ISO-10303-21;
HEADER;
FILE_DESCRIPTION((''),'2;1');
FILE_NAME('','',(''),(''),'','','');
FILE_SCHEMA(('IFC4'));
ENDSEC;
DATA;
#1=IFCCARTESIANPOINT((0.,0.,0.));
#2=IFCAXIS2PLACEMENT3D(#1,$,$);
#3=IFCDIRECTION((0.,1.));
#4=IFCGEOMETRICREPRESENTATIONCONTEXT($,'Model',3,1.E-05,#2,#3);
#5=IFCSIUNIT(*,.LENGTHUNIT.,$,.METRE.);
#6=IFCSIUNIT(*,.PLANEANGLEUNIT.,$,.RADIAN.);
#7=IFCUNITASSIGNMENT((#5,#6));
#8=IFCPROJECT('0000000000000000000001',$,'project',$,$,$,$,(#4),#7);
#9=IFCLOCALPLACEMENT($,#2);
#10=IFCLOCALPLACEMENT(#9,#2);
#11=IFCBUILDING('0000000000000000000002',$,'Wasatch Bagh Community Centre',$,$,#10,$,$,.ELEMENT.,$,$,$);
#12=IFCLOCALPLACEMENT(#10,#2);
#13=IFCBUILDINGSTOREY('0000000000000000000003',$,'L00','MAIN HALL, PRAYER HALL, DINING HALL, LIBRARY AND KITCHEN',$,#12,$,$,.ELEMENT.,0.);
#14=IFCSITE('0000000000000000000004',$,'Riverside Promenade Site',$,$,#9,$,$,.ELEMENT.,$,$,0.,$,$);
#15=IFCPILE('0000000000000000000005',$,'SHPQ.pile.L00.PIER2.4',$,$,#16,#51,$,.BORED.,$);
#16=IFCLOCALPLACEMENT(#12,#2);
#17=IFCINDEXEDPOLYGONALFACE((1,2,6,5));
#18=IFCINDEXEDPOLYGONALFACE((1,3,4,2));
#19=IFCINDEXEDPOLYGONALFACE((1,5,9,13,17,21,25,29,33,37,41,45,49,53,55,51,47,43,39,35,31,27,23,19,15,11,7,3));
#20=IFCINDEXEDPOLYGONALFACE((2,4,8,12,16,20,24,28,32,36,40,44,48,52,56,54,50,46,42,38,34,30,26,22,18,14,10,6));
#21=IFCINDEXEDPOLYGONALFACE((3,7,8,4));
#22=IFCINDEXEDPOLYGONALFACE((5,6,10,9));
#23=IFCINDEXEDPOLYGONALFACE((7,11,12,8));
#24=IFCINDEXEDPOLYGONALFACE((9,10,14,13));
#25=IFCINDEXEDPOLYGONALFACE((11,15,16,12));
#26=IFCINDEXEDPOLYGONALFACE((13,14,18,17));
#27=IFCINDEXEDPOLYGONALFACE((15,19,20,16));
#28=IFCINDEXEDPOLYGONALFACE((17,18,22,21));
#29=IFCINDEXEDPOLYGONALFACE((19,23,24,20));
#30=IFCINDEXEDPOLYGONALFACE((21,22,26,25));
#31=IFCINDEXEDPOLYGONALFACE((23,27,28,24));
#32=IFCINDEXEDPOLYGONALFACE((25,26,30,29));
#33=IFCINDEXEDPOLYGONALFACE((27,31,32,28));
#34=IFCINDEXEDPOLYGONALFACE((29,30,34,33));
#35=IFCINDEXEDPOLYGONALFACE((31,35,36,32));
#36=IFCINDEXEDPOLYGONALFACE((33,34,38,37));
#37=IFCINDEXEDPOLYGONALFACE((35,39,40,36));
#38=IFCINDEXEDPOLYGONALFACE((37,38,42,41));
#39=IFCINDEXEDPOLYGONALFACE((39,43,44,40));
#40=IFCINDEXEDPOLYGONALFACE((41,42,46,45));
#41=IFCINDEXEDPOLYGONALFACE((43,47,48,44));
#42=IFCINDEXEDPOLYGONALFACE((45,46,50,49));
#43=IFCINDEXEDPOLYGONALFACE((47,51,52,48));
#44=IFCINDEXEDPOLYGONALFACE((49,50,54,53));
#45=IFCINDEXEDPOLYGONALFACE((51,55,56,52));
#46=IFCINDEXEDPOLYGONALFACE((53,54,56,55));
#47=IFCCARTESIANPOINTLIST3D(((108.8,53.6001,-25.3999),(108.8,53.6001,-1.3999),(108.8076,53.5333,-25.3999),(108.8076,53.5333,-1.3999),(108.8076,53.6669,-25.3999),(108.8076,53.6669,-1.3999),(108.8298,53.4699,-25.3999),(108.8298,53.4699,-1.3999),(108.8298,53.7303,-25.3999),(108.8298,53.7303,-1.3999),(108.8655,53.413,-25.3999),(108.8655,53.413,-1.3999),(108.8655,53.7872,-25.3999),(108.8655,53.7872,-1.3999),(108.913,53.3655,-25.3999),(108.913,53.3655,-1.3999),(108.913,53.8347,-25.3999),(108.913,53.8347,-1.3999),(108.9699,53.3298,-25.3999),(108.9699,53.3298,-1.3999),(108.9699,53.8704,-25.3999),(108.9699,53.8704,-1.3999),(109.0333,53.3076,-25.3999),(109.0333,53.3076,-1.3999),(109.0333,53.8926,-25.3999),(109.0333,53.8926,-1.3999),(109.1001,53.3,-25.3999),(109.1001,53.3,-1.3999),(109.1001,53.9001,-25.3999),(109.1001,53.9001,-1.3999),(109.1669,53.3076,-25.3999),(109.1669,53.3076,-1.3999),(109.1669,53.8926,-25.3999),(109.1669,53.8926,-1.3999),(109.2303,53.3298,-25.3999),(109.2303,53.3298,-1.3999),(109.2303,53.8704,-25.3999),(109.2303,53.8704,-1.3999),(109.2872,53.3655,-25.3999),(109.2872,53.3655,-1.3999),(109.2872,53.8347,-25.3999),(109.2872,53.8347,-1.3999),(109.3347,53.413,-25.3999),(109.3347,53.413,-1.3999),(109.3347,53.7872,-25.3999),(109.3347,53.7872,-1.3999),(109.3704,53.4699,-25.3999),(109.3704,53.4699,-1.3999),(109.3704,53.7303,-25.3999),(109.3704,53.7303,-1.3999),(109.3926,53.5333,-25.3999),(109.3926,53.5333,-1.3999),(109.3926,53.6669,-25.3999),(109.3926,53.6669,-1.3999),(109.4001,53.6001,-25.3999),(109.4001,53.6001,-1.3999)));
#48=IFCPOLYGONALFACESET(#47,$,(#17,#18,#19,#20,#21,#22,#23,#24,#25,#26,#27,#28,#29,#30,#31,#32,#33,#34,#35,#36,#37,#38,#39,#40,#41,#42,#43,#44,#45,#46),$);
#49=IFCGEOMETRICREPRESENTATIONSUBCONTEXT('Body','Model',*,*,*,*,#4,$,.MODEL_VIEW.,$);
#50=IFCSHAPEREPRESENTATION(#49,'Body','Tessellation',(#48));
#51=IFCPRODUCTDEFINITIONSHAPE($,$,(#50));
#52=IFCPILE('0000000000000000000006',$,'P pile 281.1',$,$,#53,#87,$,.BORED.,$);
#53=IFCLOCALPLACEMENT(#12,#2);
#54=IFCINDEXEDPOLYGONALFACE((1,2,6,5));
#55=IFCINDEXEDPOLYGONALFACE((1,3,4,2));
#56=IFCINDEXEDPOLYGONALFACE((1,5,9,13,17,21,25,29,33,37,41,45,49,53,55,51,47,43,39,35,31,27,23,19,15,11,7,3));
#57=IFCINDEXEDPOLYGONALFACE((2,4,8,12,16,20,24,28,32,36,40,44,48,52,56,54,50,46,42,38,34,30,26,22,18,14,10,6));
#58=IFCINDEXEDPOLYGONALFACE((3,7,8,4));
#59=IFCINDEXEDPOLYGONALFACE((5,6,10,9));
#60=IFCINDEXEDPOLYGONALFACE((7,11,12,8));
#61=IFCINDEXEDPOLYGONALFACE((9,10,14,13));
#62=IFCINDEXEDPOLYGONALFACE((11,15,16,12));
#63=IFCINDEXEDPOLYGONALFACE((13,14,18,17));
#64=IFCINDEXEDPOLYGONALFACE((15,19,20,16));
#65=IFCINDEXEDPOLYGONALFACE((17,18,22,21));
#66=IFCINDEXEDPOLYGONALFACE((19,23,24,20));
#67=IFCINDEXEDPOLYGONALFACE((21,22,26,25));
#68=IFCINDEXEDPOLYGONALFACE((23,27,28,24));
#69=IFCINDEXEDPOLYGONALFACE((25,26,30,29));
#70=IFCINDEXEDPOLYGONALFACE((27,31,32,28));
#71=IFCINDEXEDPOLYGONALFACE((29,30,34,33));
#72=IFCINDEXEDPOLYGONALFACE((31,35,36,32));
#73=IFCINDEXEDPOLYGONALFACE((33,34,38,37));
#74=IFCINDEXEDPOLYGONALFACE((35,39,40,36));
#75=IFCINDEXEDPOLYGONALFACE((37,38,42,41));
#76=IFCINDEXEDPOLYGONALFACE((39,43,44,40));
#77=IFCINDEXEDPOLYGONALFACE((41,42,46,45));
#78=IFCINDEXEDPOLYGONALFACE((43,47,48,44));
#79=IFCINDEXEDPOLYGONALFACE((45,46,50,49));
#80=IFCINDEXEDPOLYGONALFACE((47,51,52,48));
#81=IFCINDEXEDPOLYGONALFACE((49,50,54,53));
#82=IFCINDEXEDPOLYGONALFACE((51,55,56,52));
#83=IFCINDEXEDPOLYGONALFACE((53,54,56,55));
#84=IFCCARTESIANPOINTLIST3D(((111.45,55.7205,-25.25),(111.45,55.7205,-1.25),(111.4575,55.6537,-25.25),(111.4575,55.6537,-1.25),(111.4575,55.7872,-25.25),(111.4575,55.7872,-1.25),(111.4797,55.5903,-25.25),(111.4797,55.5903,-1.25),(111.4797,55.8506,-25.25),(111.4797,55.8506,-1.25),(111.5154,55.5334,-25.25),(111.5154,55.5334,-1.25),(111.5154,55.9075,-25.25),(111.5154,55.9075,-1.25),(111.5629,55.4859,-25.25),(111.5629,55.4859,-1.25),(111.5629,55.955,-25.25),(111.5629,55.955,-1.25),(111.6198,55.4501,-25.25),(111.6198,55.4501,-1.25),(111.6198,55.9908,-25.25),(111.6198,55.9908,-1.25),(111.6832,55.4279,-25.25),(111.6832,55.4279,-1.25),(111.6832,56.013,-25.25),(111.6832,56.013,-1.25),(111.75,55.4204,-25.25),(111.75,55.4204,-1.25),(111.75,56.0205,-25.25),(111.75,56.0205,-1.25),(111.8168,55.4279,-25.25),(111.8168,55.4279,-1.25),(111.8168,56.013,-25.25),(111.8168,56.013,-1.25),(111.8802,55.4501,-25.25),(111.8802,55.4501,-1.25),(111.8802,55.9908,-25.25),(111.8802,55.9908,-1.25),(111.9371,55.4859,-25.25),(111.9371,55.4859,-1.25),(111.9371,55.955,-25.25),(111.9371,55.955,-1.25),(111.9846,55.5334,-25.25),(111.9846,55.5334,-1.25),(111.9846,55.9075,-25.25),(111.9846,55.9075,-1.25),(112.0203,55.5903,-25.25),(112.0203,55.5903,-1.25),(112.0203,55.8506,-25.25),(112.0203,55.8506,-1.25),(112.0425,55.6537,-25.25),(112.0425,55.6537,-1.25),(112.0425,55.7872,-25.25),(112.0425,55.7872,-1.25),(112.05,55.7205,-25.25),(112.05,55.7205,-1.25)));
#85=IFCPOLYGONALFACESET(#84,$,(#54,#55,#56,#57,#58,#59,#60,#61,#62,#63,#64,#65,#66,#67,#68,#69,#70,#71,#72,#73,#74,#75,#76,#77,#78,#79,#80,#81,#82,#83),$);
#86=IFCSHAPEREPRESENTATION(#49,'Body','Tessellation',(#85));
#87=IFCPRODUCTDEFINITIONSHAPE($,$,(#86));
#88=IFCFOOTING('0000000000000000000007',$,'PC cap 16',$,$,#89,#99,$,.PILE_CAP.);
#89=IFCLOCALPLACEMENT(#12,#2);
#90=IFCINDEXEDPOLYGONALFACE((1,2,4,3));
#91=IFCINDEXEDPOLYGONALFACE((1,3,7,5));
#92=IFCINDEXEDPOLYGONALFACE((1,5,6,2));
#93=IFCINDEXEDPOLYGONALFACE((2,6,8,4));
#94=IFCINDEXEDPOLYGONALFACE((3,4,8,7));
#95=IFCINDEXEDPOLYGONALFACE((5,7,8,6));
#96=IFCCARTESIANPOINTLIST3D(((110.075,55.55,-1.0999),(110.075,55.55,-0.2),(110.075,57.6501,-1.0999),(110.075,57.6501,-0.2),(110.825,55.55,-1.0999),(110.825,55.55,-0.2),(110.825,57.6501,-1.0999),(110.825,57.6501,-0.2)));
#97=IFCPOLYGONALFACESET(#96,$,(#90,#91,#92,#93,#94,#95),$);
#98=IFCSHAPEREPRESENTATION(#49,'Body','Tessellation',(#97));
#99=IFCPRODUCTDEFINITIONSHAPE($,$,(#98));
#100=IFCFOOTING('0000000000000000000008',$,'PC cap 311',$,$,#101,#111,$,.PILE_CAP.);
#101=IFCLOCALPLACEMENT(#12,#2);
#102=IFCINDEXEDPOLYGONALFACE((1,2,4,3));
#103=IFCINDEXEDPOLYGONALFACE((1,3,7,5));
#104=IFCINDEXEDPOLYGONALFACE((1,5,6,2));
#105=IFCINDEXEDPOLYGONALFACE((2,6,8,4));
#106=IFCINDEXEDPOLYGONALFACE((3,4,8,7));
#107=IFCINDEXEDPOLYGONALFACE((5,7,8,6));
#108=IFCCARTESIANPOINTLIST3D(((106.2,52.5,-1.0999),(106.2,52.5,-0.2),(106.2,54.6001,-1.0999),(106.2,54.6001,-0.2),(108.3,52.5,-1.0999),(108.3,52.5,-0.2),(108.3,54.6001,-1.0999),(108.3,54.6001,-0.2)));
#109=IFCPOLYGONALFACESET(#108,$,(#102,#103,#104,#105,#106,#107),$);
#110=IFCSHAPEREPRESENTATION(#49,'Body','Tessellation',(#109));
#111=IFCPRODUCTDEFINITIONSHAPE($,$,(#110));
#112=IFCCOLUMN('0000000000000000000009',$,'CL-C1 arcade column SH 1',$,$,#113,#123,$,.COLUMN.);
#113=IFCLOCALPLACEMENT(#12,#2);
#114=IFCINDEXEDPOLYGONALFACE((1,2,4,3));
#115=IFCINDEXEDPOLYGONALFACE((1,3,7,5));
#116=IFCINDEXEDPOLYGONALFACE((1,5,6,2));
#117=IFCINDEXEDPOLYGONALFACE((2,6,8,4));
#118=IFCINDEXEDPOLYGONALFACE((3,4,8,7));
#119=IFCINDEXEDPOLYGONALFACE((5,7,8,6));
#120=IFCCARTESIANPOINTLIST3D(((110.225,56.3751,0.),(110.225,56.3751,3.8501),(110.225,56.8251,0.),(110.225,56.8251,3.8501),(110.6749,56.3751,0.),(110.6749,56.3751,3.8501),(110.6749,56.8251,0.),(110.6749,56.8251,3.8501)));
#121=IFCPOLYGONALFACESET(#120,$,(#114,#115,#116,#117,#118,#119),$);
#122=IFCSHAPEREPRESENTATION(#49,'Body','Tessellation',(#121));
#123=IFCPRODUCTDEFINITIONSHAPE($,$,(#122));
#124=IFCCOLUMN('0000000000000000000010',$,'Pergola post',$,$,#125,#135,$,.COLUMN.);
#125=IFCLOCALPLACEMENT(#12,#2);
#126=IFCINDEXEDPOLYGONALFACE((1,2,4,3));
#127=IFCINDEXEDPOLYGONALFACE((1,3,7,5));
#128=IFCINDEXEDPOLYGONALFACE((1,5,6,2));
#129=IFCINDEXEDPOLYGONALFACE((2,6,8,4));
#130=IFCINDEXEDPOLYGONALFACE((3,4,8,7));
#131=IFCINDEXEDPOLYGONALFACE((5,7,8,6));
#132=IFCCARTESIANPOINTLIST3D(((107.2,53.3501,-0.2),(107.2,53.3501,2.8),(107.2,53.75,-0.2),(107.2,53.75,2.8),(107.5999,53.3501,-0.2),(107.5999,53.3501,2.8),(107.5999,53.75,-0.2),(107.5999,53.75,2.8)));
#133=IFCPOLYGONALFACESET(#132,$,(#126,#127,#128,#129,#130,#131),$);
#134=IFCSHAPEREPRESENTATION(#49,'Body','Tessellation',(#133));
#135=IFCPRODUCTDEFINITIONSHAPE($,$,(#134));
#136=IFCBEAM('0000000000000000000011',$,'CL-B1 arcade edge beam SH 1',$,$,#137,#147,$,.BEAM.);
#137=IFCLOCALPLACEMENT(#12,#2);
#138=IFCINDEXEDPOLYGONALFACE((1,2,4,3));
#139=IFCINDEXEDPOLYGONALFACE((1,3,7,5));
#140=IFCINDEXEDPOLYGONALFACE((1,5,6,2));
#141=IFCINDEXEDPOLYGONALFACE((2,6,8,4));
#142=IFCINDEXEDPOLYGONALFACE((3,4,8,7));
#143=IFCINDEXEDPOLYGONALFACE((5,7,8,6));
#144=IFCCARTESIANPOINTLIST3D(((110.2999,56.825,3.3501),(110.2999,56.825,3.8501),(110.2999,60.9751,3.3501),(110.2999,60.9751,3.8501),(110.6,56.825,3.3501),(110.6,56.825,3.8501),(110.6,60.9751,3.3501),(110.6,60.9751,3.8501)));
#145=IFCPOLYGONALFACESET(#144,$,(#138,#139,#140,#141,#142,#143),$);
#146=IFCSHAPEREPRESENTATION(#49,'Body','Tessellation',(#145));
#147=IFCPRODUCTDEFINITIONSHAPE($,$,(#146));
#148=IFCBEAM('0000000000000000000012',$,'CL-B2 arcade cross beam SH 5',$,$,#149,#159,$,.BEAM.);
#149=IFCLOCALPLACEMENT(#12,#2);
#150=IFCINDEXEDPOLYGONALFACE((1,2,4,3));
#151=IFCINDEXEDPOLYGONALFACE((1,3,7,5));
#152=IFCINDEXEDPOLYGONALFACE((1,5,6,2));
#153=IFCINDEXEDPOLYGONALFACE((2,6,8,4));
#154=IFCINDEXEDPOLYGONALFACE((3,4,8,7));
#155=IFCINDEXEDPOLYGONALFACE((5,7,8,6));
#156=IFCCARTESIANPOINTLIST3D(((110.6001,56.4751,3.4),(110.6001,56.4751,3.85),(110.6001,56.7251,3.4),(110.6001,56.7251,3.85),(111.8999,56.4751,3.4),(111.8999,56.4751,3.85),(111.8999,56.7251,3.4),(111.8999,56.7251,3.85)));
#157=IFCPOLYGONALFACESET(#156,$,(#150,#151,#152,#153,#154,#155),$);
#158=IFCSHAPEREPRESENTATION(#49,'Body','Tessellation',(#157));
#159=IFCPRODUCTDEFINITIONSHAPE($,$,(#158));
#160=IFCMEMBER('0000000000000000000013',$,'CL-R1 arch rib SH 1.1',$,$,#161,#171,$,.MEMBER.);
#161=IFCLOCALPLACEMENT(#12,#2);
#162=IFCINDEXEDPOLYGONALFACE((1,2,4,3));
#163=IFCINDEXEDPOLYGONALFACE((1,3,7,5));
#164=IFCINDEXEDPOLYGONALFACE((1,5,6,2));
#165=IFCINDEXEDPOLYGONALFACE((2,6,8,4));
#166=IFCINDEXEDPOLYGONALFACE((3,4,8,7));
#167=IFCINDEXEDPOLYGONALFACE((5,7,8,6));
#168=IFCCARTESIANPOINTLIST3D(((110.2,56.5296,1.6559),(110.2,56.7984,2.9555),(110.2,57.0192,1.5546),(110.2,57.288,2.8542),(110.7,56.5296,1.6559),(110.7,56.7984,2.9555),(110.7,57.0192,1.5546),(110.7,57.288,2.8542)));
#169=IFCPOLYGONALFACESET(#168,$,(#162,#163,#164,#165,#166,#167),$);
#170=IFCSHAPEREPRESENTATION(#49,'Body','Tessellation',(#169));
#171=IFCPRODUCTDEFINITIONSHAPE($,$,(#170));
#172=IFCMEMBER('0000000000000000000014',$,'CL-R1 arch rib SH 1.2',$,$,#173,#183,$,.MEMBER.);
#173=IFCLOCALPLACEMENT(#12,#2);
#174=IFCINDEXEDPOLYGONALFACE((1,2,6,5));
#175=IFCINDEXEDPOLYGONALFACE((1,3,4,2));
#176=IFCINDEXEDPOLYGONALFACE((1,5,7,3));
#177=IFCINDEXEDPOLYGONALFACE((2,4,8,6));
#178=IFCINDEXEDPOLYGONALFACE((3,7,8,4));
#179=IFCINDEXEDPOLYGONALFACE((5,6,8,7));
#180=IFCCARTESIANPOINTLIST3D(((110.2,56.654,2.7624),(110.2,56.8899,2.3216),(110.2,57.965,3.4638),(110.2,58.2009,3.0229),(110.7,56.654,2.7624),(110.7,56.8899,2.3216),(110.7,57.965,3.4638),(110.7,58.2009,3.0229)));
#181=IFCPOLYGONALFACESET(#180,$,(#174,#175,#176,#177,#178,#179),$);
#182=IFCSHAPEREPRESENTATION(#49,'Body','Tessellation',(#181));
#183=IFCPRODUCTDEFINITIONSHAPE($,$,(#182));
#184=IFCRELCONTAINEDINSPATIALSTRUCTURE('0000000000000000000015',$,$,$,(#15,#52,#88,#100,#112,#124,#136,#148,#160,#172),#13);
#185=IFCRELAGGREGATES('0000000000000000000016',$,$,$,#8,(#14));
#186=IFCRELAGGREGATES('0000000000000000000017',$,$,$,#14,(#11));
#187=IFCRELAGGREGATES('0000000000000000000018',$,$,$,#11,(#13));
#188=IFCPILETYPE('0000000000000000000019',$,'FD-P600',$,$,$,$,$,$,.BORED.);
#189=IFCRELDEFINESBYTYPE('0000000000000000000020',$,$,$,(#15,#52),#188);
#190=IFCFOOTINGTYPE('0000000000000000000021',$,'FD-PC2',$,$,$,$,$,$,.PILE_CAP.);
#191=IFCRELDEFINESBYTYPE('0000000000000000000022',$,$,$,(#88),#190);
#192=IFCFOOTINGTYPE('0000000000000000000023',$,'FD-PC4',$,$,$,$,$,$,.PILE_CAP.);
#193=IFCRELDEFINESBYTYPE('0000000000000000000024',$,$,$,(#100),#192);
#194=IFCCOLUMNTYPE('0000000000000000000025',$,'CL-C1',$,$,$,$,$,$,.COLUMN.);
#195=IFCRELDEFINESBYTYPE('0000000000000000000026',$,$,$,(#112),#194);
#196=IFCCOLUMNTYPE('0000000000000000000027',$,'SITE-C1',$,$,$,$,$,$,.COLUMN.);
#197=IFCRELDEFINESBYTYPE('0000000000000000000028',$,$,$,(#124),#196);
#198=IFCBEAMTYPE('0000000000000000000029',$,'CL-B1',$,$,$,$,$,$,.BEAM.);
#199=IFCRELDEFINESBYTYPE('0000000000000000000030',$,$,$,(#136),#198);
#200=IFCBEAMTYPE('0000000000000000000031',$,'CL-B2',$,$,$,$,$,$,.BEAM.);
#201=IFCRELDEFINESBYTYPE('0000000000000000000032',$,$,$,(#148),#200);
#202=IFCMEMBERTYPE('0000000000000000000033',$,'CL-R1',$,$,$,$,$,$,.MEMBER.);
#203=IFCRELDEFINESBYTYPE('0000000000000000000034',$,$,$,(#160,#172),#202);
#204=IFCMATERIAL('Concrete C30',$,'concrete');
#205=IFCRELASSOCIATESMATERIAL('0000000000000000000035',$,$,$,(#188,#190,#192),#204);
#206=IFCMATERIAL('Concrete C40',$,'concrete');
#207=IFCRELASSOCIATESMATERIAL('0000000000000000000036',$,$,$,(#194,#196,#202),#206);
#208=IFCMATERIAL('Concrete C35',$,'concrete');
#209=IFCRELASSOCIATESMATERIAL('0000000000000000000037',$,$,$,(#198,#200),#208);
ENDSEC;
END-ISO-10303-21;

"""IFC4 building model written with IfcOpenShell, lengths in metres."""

from ifc_helpers import new_model, si_unit, direction, frame, origin, origin_2d, place, context, subcontext, project, spatial, rectangle, circle, extrude, material, material_profile, profile_set, type_object, element, save


model = new_model("IFC4")

# Units and contexts
model_context = context("Model", 3, precision=1e-05, world=origin(), true_north=direction((0.0, 1.0)))
body_context = subcontext(model_context, "Body", "Model", "MODEL_VIEW")
ifc_project = project(units=[si_unit("LENGTHUNIT", "METRE"), si_unit("PLANEANGLEUNIT", "RADIAN")], contexts=[model_context])

# Site, building, storey
site_placement = place(None, origin())
site = spatial("IfcSite", under=ifc_project, at=site_placement, Name="Riverside Promenade Site", CompositionType="ELEMENT", RefElevation=0.0)
building_placement = place(site_placement, origin())
building = spatial("IfcBuilding", under=site, at=building_placement, Name="Wasatch Bagh Community Centre", CompositionType="ELEMENT")
storey_placement = place(building_placement, origin())
storey = spatial("IfcBuildingStorey", under=building, at=storey_placement, Name="L00", Description="MAIN HALL, PRAYER HALL, DINING HALL, LIBRARY AND KITCHEN", CompositionType="ELEMENT", Elevation=0.0)

# Shared definitions
ifc_material_1 = material(Name="Concrete C35", Category="concrete")

# Piles
ifc_material_2 = material(Name="Concrete C30", Category="concrete")
ifc_material_profile_1 = material_profile(ifc_material_2, circle(Radius=0.3, at=origin_2d()), Name="RC D600")
ifc_profile_set_1 = profile_set([ifc_material_profile_1], Name="Concrete C30")
pile_type_1 = type_object("IfcPileType", Name="FD-P600", PredefinedType="BORED", material=ifc_profile_set_1)
for number, where, z_axis, x_axis, name in (
    (1, (109.1001, 53.6001, -1.3999), (0.0, 0.0, -1.0), (1.0, 0.0, 0.0), "SHPQ.pile.L00.PIER2.4"),
    (2, (111.75, 55.7205, -1.25), (0.0, 0.0, -1.0), (1.0, 0.0, 0.0), "P pile 281.1"),
):
    element("IfcPile", number, at=place(storey_placement, frame(where, z_axis=z_axis, x_axis=x_axis)), inside=storey, type_object=pile_type_1, Name=name, PredefinedType="BORED", context=body_context, shape_type="SweptSolid", body=[
        extrude(circle(Radius=0.3, at=origin_2d()), origin(), (0.0, 0.0, 1.0), 24.0),
    ])

# Footings
footing_type_1 = type_object("IfcFootingType", Name="FD-PC2", PredefinedType="PILE_CAP", material=ifc_material_2)
footing_1_placement = place(storey_placement, frame((110.45, 56.6001, -1.0999), z_axis=(0.0, 0.0, 1.0), x_axis=(0.0, 1.0, 0.0)))
element("IfcFooting", 3, at=footing_1_placement, inside=storey, type_object=footing_type_1, Name="PC cap 16", PredefinedType="PILE_CAP", context=body_context, shape_type="SweptSolid", body=[
    extrude(rectangle(XDim=2.1001, YDim=0.75, at=origin_2d()), origin(), (0.0, 0.0, 1.0), 0.8999),
])
footing_type_2 = type_object("IfcFootingType", Name="FD-PC4", PredefinedType="PILE_CAP", material=ifc_material_2)
footing_2_placement = place(storey_placement, frame((107.25, 53.55, -1.0999), z_axis=(0.0, 0.0, 1.0), x_axis=(1.0, 0.0, 0.0)))
element("IfcFooting", 4, at=footing_2_placement, inside=storey, type_object=footing_type_2, Name="PC cap 311", PredefinedType="PILE_CAP", context=body_context, shape_type="SweptSolid", body=[
    extrude(rectangle(XDim=2.1001, YDim=2.1001, at=origin_2d()), origin(), (0.0, 0.0, 1.0), 0.8999),
])

# Columns
ifc_material_3 = material(Name="Concrete C40", Category="concrete")
ifc_material_profile_2 = material_profile(ifc_material_3, rectangle(XDim=0.45, YDim=0.45, at=origin_2d()), Name="RC 450x450")
ifc_profile_set_2 = profile_set([ifc_material_profile_2], Name="Concrete C40")
column_type_1 = type_object("IfcColumnType", Name="CL-C1", PredefinedType="COLUMN", material=ifc_profile_set_2)
column_1_placement = place(storey_placement, frame((110.45, 56.6001, 0.0), z_axis=(0.0, 0.0, 1.0), x_axis=(1.0, 0.0, 0.0)))
element("IfcColumn", 5, at=column_1_placement, inside=storey, type_object=column_type_1, Name="CL-C1 arcade column SH 1", PredefinedType="COLUMN", context=body_context, shape_type="SweptSolid", body=[
    extrude(rectangle(XDim=0.45, YDim=0.45, at=origin_2d()), origin(), (0.0, 0.0, 1.0), 3.8501),
])
ifc_material_profile_3 = material_profile(ifc_material_3, rectangle(XDim=0.3999, YDim=0.3999, at=origin_2d()), Name="RC 400x400")
ifc_profile_set_3 = profile_set([ifc_material_profile_3], Name="Concrete C40")
column_type_2 = type_object("IfcColumnType", Name="SITE-C1", PredefinedType="COLUMN", material=ifc_profile_set_3)
column_2_placement = place(storey_placement, frame((107.3999, 53.55, -0.2), z_axis=(0.0, 0.0, 1.0), x_axis=(1.0, 0.0, 0.0)))
element("IfcColumn", 6, at=column_2_placement, inside=storey, type_object=column_type_2, Name="Pergola post", PredefinedType="COLUMN", context=body_context, shape_type="SweptSolid", body=[
    extrude(rectangle(XDim=0.3999, YDim=0.3999, at=origin_2d()), origin(), (0.0, 0.0, 1.0), 3.0),
])

# Beams
ifc_material_profile_4 = material_profile(ifc_material_1, rectangle(XDim=0.3, YDim=0.5, at=origin_2d()), Name="RC 300x500")
ifc_profile_set_4 = profile_set([ifc_material_profile_4], Name="Concrete C35")
beam_type_1 = type_object("IfcBeamType", Name="CL-B1", PredefinedType="BEAM", material=ifc_profile_set_4)
beam_1_placement = place(storey_placement, frame((110.45, 56.825, 3.6001), z_axis=(0.0, 1.0, 0.0), x_axis=(-1.0, 0.0, 0.0)))
element("IfcBeam", 7, at=beam_1_placement, inside=storey, type_object=beam_type_1, Name="CL-B1 arcade edge beam SH 1", PredefinedType="BEAM", context=body_context, shape_type="SweptSolid", body=[
    extrude(rectangle(XDim=0.3, YDim=0.5, at=origin_2d()), origin(), (0.0, 0.0, 1.0), 4.1501),
])
ifc_material_profile_5 = material_profile(ifc_material_1, rectangle(XDim=0.25, YDim=0.45, at=origin_2d()), Name="RC 250x450")
ifc_profile_set_5 = profile_set([ifc_material_profile_5], Name="Concrete C35")
beam_type_2 = type_object("IfcBeamType", Name="CL-B2", PredefinedType="BEAM", material=ifc_profile_set_5)
beam_2_placement = place(storey_placement, frame((111.8999, 56.6001, 3.625), z_axis=(-1.0, 0.0, 0.0), x_axis=(0.0, -1.0, 0.0)))
element("IfcBeam", 8, at=beam_2_placement, inside=storey, type_object=beam_type_2, Name="CL-B2 arcade cross beam SH 5", PredefinedType="BEAM", context=body_context, shape_type="SweptSolid", body=[
    extrude(rectangle(XDim=0.25, YDim=0.45, at=origin_2d()), origin(), (0.0, 0.0, 1.0), 1.2998),
])

# Members
ifc_material_profile_6 = material_profile(ifc_material_3, rectangle(XDim=0.5, YDim=0.5, at=origin_2d()), Name="RC 500x500")
ifc_profile_set_6 = profile_set([ifc_material_profile_6], Name="Concrete C40")
member_type = type_object("IfcMemberType", Name="CL-R1", PredefinedType="MEMBER", material=ifc_profile_set_6)
member_1_placement = place(storey_placement, frame((110.45, 56.7744, 1.6052), z_axis=(0.0, 0.202551, 0.979272), x_axis=(-1.0, 0.0, 0.0)))
element("IfcMember", 9, at=member_1_placement, inside=storey, type_object=member_type, Name="CL-R1 arch rib SH 1.1", PredefinedType="MEMBER", context=body_context, shape_type="SweptSolid", body=[
    extrude(rectangle(XDim=0.5, YDim=0.5, at=origin_2d()), origin(), (0.0, 0.0, 1.0), 1.3271),
])
member_2_placement = place(storey_placement, frame((110.45, 56.772, 2.542), z_axis=(0.0, 0.881739, 0.471738), x_axis=(-1.0, 0.0, 0.0)))
element("IfcMember", 10, at=member_2_placement, inside=storey, type_object=member_type, Name="CL-R1 arch rib SH 1.2", PredefinedType="MEMBER", context=body_context, shape_type="SweptSolid", body=[
    extrude(rectangle(XDim=0.5, YDim=0.5, at=origin_2d()), origin(), (0.0, 0.0, 1.0), 1.4868),
])

save(model, "model.ifc")
